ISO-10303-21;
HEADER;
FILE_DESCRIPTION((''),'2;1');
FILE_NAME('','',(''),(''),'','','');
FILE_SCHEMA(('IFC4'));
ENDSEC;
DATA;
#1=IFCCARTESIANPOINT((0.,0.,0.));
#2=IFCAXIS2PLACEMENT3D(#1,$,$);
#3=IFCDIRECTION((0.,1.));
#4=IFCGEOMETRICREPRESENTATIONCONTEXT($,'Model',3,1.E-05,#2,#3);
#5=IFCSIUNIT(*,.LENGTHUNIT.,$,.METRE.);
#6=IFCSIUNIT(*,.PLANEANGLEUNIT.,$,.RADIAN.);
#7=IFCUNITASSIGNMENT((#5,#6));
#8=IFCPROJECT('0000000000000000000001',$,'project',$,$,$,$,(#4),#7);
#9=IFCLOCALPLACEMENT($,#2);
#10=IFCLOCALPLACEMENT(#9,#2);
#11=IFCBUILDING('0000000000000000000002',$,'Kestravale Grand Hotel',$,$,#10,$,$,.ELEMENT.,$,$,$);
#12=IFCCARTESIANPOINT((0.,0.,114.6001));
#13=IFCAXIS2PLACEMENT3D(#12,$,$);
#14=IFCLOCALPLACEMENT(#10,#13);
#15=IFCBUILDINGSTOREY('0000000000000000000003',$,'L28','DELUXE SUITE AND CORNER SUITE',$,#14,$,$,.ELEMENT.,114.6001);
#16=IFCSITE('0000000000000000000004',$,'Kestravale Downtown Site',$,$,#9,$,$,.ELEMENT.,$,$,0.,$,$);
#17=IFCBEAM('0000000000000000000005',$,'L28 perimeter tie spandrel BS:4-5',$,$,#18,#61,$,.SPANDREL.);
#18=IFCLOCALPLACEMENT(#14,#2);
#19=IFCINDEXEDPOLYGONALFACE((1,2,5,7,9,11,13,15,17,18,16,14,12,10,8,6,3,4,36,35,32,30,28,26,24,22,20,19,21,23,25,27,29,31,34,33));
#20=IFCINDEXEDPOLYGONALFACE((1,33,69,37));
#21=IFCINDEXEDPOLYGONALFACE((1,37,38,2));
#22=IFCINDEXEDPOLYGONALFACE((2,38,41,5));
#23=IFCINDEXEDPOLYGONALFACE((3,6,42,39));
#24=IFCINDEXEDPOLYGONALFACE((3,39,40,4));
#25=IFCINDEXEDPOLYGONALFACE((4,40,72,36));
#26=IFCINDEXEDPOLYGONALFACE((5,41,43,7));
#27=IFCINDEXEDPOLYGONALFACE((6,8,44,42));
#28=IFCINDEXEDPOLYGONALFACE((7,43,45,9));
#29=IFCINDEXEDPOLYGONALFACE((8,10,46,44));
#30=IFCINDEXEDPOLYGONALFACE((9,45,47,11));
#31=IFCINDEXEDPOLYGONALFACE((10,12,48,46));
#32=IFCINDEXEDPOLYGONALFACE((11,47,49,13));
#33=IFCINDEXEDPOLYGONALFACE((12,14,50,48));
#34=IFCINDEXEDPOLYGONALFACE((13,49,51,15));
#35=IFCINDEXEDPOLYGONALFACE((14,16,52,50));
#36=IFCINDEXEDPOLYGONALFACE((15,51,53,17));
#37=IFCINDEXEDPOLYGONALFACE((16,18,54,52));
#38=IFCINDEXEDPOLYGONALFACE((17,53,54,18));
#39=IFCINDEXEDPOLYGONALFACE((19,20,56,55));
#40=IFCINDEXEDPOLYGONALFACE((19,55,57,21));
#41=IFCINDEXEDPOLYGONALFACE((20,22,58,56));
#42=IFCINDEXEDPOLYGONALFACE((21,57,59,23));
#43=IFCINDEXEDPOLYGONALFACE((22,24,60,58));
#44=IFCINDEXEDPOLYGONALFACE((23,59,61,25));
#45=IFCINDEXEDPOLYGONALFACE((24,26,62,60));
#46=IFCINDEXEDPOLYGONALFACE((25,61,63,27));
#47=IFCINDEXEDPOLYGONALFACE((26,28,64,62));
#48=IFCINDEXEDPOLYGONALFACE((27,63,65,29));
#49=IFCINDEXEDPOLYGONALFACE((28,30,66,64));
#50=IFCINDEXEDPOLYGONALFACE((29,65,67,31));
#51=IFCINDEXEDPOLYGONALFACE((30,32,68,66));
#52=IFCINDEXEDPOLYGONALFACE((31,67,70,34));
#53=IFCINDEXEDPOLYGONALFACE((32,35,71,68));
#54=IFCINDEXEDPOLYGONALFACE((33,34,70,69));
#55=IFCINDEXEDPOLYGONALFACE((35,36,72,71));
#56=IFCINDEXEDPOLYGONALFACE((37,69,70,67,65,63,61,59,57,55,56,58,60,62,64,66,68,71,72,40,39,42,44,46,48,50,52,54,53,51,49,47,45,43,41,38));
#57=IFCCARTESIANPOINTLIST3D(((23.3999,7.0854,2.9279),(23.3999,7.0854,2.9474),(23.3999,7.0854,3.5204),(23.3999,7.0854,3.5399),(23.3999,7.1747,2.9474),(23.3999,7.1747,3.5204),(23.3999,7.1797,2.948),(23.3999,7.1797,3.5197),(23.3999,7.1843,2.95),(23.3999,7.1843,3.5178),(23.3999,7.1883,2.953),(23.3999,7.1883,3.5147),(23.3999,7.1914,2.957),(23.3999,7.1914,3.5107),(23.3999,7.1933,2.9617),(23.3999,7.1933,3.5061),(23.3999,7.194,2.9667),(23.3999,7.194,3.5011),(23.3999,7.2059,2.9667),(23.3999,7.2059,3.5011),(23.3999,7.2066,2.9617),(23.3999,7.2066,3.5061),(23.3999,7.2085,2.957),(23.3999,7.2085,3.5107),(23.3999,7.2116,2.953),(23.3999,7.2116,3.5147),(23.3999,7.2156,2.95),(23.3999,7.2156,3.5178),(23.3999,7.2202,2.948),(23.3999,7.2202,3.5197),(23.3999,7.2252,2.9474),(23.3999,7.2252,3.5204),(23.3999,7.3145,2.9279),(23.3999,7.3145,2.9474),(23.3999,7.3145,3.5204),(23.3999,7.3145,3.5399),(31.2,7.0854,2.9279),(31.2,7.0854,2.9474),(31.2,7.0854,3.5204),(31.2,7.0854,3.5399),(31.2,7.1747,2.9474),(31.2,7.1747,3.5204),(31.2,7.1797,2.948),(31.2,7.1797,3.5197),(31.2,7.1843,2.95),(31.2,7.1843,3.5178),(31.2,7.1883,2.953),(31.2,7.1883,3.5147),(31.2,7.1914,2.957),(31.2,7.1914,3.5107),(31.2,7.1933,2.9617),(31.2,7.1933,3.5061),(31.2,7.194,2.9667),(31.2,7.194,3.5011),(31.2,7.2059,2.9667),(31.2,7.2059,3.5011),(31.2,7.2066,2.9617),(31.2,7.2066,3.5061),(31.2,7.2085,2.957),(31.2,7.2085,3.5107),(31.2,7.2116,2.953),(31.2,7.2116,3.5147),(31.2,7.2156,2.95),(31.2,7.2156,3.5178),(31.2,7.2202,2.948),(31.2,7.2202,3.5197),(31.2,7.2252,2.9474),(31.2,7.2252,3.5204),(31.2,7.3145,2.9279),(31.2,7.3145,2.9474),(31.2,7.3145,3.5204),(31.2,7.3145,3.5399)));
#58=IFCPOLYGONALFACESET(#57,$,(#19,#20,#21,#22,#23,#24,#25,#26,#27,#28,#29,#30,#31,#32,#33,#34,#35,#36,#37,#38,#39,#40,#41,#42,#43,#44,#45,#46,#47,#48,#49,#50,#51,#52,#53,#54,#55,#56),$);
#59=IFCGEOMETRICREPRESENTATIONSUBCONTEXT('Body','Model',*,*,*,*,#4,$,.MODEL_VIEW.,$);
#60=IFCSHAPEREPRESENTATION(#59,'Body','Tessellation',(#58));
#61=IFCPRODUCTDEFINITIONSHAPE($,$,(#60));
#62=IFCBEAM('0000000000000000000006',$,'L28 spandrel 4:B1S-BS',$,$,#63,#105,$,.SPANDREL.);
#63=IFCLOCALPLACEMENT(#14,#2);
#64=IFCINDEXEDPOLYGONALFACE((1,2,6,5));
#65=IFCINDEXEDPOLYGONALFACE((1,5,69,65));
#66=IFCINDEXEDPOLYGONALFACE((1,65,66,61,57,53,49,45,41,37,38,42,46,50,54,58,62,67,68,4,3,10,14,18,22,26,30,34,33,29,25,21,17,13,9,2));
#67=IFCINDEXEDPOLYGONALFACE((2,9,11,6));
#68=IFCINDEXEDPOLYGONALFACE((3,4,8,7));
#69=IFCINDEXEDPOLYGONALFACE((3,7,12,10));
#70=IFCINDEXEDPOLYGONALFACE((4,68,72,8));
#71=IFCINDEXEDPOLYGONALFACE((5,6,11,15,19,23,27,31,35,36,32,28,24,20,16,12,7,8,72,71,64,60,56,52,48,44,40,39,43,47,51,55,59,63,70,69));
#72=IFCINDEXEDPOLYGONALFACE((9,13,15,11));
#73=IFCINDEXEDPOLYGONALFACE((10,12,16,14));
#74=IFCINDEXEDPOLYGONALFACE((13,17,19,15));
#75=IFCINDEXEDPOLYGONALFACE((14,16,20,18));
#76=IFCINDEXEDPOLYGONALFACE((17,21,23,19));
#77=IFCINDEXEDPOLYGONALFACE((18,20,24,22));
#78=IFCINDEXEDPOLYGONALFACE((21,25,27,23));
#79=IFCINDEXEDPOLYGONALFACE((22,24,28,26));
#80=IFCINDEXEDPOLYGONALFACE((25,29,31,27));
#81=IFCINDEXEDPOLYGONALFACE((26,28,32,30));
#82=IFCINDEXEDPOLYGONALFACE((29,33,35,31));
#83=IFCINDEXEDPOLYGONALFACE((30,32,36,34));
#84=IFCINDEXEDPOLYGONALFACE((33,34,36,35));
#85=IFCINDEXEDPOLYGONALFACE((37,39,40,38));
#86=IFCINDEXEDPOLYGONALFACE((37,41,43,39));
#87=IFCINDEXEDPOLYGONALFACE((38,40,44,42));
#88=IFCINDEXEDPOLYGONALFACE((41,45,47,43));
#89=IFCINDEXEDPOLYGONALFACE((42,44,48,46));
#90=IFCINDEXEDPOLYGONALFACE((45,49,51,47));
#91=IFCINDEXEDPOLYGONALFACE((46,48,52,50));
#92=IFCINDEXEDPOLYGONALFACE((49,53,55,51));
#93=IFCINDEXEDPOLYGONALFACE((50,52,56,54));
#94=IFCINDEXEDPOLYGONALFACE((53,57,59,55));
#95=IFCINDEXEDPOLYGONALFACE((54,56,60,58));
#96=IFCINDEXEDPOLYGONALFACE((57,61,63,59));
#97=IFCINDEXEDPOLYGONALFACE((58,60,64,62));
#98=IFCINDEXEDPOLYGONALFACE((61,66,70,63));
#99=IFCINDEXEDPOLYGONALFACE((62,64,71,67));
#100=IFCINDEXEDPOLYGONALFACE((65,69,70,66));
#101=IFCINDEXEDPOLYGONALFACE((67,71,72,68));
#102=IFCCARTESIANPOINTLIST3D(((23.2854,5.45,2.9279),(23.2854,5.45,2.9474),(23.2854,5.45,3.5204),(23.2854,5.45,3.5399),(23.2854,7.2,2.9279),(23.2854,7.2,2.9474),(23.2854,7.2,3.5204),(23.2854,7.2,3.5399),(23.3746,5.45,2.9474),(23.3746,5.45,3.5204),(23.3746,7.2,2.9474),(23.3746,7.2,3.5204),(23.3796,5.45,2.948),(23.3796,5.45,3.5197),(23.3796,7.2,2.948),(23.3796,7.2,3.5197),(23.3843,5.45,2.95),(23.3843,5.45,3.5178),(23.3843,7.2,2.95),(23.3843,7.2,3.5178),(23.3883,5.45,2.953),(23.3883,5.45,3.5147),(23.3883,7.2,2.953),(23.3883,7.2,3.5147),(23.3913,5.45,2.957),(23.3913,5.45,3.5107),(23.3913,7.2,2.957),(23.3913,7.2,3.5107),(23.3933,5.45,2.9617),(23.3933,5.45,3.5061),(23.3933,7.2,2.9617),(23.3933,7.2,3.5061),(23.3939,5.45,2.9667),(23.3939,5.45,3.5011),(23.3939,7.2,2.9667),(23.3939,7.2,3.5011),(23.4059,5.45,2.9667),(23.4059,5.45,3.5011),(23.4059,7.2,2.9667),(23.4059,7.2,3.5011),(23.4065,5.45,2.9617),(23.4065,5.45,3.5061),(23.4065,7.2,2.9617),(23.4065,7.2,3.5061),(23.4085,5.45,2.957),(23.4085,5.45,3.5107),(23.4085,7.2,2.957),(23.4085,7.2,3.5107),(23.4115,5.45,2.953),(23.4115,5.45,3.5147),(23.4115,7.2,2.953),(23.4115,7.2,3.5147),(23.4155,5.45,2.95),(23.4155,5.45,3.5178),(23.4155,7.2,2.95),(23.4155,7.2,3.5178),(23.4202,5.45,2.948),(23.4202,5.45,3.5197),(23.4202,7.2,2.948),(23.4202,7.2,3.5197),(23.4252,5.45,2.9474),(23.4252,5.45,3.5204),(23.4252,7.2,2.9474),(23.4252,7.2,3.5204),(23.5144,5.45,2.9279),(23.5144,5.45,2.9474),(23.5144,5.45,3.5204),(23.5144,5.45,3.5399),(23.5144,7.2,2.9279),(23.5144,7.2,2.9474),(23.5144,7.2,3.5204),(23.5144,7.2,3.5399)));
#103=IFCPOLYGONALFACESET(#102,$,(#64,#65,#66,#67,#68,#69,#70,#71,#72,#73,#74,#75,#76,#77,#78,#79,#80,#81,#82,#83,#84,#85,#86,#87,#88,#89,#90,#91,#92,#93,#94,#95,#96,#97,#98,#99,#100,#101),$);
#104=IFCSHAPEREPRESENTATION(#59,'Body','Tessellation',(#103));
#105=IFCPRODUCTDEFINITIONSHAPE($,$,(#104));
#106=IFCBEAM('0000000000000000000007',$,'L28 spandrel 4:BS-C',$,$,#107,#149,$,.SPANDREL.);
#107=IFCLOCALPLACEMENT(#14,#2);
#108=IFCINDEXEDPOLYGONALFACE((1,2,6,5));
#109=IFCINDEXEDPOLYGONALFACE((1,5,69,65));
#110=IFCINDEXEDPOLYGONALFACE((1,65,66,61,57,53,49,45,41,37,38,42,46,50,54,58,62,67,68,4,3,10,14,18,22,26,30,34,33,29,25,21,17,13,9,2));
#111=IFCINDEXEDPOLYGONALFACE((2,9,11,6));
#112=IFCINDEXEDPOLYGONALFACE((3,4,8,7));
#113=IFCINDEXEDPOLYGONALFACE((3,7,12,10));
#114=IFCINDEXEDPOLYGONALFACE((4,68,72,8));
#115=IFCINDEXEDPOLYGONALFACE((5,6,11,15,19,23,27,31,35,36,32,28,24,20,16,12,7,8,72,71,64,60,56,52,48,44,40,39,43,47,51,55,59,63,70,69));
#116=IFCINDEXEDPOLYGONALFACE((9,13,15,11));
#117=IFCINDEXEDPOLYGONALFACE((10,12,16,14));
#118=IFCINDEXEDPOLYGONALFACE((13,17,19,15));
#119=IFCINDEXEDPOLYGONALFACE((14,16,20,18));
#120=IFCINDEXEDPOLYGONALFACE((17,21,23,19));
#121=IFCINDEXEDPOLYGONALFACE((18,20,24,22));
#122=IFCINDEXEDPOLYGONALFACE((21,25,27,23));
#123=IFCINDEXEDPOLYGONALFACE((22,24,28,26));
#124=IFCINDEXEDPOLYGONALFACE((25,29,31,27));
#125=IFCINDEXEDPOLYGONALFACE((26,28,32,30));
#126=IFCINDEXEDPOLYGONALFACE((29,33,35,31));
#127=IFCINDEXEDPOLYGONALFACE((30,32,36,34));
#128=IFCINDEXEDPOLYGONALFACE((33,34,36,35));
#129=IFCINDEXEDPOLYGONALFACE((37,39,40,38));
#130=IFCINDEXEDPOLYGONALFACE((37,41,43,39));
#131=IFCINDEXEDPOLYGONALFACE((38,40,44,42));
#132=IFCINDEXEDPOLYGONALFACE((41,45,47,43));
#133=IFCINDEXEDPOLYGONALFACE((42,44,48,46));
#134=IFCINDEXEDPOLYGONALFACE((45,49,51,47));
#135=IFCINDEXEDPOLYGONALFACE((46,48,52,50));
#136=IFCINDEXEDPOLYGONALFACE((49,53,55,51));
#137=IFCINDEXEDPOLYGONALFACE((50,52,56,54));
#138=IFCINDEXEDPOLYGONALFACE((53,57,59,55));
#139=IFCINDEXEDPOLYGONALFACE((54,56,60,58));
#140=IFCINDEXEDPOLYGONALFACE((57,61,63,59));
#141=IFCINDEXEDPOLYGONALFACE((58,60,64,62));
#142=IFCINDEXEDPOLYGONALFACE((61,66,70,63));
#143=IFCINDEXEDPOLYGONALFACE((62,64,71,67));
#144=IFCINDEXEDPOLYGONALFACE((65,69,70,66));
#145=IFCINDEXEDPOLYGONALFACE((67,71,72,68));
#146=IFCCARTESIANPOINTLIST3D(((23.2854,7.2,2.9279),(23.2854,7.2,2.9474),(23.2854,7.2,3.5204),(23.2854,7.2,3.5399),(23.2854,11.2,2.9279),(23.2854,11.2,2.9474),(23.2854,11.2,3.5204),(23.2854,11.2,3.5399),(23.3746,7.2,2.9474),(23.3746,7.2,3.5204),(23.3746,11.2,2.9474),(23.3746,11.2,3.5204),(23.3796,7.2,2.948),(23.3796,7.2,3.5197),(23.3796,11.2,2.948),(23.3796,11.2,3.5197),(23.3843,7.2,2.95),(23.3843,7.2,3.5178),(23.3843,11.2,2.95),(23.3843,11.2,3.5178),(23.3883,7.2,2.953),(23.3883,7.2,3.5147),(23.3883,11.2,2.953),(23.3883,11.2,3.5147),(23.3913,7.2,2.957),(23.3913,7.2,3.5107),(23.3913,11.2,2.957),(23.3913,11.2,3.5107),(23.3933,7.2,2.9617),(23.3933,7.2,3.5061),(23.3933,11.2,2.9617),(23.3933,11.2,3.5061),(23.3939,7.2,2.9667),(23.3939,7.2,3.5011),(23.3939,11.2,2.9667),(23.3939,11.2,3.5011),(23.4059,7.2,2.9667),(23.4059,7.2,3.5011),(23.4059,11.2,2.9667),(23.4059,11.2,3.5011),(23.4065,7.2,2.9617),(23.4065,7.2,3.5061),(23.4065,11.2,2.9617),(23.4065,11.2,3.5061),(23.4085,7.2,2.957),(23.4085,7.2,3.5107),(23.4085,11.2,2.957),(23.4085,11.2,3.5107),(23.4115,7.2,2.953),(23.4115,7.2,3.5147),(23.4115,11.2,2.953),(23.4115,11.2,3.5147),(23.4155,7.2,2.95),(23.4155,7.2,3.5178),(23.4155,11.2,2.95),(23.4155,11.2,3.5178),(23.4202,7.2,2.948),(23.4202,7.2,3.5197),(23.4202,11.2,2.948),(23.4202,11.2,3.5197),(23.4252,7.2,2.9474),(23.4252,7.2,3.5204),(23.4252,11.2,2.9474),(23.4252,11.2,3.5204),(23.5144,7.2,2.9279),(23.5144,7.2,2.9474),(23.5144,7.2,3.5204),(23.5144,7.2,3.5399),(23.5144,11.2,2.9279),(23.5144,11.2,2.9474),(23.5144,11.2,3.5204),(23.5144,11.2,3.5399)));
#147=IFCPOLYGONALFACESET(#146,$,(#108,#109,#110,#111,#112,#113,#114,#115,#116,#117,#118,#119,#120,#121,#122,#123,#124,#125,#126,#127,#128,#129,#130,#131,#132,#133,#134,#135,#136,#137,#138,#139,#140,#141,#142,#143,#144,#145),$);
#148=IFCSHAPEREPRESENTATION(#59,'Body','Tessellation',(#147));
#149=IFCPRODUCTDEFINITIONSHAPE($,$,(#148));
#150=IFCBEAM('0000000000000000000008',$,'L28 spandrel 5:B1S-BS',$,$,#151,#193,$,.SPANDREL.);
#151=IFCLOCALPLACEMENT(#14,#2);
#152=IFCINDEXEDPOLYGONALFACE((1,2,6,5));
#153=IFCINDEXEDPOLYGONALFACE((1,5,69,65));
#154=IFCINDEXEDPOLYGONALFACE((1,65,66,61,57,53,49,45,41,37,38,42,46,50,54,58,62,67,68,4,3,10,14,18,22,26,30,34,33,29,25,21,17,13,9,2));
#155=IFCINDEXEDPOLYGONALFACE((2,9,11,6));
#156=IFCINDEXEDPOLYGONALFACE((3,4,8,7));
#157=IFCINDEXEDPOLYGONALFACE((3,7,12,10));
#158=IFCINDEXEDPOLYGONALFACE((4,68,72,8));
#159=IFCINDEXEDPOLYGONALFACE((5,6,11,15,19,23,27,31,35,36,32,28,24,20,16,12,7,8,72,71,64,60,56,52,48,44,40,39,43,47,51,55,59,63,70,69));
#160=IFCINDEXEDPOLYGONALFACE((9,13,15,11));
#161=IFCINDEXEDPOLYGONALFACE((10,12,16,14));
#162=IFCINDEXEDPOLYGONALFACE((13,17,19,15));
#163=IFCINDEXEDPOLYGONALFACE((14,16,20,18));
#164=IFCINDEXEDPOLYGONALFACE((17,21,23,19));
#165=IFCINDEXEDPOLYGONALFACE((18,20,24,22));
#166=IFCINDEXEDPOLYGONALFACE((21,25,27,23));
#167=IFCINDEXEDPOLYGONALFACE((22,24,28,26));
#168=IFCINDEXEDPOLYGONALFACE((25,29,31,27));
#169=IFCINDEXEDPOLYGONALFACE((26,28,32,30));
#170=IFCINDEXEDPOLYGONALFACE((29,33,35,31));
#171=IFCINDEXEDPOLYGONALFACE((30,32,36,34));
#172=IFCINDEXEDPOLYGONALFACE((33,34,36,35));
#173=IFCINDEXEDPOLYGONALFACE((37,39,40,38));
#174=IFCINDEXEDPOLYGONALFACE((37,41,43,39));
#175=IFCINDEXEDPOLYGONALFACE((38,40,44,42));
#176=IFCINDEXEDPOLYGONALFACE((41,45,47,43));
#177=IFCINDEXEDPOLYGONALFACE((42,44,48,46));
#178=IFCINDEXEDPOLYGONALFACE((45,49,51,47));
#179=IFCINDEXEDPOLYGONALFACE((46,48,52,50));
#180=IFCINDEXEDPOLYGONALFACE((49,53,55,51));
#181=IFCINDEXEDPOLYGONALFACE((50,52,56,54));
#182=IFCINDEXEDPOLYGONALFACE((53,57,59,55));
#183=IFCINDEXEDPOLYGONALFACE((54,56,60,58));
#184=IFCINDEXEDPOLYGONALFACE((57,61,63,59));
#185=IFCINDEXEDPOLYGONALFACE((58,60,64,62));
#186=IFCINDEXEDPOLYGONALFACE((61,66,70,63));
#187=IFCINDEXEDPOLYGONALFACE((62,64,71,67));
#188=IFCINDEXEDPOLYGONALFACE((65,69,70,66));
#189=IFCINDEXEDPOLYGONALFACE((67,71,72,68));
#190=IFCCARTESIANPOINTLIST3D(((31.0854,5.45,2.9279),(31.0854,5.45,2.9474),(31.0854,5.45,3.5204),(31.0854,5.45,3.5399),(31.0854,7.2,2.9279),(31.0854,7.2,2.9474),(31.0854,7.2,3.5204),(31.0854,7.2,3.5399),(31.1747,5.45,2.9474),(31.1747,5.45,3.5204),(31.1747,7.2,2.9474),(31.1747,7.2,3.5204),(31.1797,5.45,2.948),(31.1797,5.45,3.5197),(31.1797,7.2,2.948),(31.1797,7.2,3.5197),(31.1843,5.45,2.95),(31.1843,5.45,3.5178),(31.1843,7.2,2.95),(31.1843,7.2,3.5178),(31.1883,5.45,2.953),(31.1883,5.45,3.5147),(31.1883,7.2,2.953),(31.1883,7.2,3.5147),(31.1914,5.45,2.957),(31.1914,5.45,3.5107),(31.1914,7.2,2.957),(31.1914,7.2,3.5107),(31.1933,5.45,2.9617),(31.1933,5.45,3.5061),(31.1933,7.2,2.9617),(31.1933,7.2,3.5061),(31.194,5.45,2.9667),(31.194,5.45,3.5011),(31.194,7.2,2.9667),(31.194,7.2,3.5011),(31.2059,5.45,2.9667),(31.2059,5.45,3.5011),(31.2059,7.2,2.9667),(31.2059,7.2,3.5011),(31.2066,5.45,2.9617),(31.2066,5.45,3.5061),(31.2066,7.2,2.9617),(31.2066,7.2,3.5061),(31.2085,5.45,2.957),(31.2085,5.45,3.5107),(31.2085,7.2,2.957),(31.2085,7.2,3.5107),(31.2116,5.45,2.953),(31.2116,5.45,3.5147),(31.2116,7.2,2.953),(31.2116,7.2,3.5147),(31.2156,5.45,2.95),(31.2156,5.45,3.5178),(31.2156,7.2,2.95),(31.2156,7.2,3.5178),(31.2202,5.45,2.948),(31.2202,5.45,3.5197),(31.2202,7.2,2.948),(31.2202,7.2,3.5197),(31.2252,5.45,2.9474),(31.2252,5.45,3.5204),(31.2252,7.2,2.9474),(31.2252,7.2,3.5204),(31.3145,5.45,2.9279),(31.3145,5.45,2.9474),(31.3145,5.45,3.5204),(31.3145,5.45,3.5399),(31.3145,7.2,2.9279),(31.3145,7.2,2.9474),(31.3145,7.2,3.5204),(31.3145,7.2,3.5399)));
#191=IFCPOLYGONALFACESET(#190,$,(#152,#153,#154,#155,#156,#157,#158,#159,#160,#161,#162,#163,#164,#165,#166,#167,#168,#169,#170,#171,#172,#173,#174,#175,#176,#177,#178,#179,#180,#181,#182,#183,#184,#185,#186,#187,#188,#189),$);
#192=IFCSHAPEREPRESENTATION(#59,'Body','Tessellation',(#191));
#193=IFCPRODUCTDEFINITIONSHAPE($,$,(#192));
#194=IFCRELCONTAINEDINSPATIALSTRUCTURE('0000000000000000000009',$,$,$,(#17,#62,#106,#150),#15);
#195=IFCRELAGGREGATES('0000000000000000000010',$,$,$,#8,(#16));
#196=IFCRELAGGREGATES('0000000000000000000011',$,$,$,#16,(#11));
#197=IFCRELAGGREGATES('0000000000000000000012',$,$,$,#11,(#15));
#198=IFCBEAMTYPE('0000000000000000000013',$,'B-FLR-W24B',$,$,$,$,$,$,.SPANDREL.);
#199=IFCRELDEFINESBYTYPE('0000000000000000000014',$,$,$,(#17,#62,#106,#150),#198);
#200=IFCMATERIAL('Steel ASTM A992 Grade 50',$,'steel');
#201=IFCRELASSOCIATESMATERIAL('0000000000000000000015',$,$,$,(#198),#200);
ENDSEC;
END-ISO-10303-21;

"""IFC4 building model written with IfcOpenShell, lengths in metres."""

from ifc_helpers import new_model, si_unit, direction, frame, origin, origin_2d, place, context, subcontext, project, spatial, i_section, extrude, material, material_profile, profile_set, type_object, element, save


model = new_model("IFC4")

# Units and contexts
model_context = context("Model", 3, precision=1e-05, world=origin(), true_north=direction((0.0, 1.0)))
body_context = subcontext(model_context, "Body", "Model", "MODEL_VIEW")
ifc_project = project(units=[si_unit("LENGTHUNIT", "METRE"), si_unit("PLANEANGLEUNIT", "RADIAN")], contexts=[model_context])

# Site, building, storey
site_placement = place(None, origin())
site = spatial("IfcSite", under=ifc_project, at=site_placement, Name="Kestravale Downtown Site", CompositionType="ELEMENT", RefElevation=0.0)
building_placement = place(site_placement, origin())
building = spatial("IfcBuilding", under=site, at=building_placement, Name="Kestravale Grand Hotel", CompositionType="ELEMENT")
storey_placement = place(building_placement, frame((0.0, 0.0, 114.6001)))
storey = spatial("IfcBuildingStorey", under=building, at=storey_placement, Name="L28", Description="DELUXE SUITE AND CORNER SUITE", CompositionType="ELEMENT", Elevation=114.6001)

# Beams
ifc_material_1 = material(Name="Steel ASTM A992 Grade 50", Category="steel")
ifc_material_profile_1 = material_profile(ifc_material_1, i_section(OverallWidth=0.229, OverallDepth=0.6121, WebThickness=0.012, FlangeThickness=0.0195, FilletRadius=0.0193, at=origin_2d()))
ifc_profile_set_1 = profile_set([ifc_material_profile_1], Name="Steel ASTM A992 Grade 50")
beam_type_1 = type_object("IfcBeamType", Name="B-FLR-W24B", PredefinedType="SPANDREL", material=ifc_profile_set_1)
for number, where, z_axis, x_axis, name in (
    (1, (23.3999, 7.2, 3.2339), (1.0, 0.0, 0.0), (0.0, 1.0, 0.0), "L28 perimeter tie spandrel BS:4-5"),
):
    element("IfcBeam", number, at=place(storey_placement, frame(where, z_axis=z_axis, x_axis=x_axis)), inside=storey, type_object=beam_type_1, Name=name, PredefinedType="SPANDREL", context=body_context, shape_type="SweptSolid", body=[
        extrude(i_section(OverallWidth=0.229, OverallDepth=0.6121, WebThickness=0.012, FlangeThickness=0.0195, FilletRadius=0.0193, at=origin_2d()), origin(), (0.0, 0.0, 1.0), 7.8),
    ])
beam_1_placement = place(storey_placement, frame((23.3999, 5.45, 3.2339), z_axis=(0.0, 1.0, 0.0), x_axis=(-1.0, 0.0, 0.0)))
element("IfcBeam", 2, at=beam_1_placement, inside=storey, type_object=beam_type_1, Name="L28 spandrel 4:B1S-BS", PredefinedType="SPANDREL", context=body_context, shape_type="SweptSolid", body=[
    extrude(i_section(OverallWidth=0.229, OverallDepth=0.6121, WebThickness=0.012, FlangeThickness=0.0195, FilletRadius=0.0193, at=origin_2d()), origin(), (0.0, 0.0, 1.0), 1.75),
])
beam_2_placement = place(storey_placement, frame((23.3999, 7.2, 3.2339), z_axis=(0.0, 1.0, 0.0), x_axis=(-1.0, 0.0, 0.0)))
element("IfcBeam", 3, at=beam_2_placement, inside=storey, type_object=beam_type_1, Name="L28 spandrel 4:BS-C", PredefinedType="SPANDREL", context=body_context, shape_type="SweptSolid", body=[
    extrude(i_section(OverallWidth=0.229, OverallDepth=0.6121, WebThickness=0.012, FlangeThickness=0.0195, FilletRadius=0.0193, at=origin_2d()), origin(), (0.0, 0.0, 1.0), 4.0),
])
beam_3_placement = place(storey_placement, frame((31.2, 5.45, 3.2339), z_axis=(0.0, 1.0, 0.0), x_axis=(-1.0, 0.0, 0.0)))
element("IfcBeam", 4, at=beam_3_placement, inside=storey, type_object=beam_type_1, Name="L28 spandrel 5:B1S-BS", PredefinedType="SPANDREL", context=body_context, shape_type="SweptSolid", body=[
    extrude(i_section(OverallWidth=0.229, OverallDepth=0.6121, WebThickness=0.012, FlangeThickness=0.0195, FilletRadius=0.0193, at=origin_2d()), origin(), (0.0, 0.0, 1.0), 1.75),
])

save(model, "model.ifc")
